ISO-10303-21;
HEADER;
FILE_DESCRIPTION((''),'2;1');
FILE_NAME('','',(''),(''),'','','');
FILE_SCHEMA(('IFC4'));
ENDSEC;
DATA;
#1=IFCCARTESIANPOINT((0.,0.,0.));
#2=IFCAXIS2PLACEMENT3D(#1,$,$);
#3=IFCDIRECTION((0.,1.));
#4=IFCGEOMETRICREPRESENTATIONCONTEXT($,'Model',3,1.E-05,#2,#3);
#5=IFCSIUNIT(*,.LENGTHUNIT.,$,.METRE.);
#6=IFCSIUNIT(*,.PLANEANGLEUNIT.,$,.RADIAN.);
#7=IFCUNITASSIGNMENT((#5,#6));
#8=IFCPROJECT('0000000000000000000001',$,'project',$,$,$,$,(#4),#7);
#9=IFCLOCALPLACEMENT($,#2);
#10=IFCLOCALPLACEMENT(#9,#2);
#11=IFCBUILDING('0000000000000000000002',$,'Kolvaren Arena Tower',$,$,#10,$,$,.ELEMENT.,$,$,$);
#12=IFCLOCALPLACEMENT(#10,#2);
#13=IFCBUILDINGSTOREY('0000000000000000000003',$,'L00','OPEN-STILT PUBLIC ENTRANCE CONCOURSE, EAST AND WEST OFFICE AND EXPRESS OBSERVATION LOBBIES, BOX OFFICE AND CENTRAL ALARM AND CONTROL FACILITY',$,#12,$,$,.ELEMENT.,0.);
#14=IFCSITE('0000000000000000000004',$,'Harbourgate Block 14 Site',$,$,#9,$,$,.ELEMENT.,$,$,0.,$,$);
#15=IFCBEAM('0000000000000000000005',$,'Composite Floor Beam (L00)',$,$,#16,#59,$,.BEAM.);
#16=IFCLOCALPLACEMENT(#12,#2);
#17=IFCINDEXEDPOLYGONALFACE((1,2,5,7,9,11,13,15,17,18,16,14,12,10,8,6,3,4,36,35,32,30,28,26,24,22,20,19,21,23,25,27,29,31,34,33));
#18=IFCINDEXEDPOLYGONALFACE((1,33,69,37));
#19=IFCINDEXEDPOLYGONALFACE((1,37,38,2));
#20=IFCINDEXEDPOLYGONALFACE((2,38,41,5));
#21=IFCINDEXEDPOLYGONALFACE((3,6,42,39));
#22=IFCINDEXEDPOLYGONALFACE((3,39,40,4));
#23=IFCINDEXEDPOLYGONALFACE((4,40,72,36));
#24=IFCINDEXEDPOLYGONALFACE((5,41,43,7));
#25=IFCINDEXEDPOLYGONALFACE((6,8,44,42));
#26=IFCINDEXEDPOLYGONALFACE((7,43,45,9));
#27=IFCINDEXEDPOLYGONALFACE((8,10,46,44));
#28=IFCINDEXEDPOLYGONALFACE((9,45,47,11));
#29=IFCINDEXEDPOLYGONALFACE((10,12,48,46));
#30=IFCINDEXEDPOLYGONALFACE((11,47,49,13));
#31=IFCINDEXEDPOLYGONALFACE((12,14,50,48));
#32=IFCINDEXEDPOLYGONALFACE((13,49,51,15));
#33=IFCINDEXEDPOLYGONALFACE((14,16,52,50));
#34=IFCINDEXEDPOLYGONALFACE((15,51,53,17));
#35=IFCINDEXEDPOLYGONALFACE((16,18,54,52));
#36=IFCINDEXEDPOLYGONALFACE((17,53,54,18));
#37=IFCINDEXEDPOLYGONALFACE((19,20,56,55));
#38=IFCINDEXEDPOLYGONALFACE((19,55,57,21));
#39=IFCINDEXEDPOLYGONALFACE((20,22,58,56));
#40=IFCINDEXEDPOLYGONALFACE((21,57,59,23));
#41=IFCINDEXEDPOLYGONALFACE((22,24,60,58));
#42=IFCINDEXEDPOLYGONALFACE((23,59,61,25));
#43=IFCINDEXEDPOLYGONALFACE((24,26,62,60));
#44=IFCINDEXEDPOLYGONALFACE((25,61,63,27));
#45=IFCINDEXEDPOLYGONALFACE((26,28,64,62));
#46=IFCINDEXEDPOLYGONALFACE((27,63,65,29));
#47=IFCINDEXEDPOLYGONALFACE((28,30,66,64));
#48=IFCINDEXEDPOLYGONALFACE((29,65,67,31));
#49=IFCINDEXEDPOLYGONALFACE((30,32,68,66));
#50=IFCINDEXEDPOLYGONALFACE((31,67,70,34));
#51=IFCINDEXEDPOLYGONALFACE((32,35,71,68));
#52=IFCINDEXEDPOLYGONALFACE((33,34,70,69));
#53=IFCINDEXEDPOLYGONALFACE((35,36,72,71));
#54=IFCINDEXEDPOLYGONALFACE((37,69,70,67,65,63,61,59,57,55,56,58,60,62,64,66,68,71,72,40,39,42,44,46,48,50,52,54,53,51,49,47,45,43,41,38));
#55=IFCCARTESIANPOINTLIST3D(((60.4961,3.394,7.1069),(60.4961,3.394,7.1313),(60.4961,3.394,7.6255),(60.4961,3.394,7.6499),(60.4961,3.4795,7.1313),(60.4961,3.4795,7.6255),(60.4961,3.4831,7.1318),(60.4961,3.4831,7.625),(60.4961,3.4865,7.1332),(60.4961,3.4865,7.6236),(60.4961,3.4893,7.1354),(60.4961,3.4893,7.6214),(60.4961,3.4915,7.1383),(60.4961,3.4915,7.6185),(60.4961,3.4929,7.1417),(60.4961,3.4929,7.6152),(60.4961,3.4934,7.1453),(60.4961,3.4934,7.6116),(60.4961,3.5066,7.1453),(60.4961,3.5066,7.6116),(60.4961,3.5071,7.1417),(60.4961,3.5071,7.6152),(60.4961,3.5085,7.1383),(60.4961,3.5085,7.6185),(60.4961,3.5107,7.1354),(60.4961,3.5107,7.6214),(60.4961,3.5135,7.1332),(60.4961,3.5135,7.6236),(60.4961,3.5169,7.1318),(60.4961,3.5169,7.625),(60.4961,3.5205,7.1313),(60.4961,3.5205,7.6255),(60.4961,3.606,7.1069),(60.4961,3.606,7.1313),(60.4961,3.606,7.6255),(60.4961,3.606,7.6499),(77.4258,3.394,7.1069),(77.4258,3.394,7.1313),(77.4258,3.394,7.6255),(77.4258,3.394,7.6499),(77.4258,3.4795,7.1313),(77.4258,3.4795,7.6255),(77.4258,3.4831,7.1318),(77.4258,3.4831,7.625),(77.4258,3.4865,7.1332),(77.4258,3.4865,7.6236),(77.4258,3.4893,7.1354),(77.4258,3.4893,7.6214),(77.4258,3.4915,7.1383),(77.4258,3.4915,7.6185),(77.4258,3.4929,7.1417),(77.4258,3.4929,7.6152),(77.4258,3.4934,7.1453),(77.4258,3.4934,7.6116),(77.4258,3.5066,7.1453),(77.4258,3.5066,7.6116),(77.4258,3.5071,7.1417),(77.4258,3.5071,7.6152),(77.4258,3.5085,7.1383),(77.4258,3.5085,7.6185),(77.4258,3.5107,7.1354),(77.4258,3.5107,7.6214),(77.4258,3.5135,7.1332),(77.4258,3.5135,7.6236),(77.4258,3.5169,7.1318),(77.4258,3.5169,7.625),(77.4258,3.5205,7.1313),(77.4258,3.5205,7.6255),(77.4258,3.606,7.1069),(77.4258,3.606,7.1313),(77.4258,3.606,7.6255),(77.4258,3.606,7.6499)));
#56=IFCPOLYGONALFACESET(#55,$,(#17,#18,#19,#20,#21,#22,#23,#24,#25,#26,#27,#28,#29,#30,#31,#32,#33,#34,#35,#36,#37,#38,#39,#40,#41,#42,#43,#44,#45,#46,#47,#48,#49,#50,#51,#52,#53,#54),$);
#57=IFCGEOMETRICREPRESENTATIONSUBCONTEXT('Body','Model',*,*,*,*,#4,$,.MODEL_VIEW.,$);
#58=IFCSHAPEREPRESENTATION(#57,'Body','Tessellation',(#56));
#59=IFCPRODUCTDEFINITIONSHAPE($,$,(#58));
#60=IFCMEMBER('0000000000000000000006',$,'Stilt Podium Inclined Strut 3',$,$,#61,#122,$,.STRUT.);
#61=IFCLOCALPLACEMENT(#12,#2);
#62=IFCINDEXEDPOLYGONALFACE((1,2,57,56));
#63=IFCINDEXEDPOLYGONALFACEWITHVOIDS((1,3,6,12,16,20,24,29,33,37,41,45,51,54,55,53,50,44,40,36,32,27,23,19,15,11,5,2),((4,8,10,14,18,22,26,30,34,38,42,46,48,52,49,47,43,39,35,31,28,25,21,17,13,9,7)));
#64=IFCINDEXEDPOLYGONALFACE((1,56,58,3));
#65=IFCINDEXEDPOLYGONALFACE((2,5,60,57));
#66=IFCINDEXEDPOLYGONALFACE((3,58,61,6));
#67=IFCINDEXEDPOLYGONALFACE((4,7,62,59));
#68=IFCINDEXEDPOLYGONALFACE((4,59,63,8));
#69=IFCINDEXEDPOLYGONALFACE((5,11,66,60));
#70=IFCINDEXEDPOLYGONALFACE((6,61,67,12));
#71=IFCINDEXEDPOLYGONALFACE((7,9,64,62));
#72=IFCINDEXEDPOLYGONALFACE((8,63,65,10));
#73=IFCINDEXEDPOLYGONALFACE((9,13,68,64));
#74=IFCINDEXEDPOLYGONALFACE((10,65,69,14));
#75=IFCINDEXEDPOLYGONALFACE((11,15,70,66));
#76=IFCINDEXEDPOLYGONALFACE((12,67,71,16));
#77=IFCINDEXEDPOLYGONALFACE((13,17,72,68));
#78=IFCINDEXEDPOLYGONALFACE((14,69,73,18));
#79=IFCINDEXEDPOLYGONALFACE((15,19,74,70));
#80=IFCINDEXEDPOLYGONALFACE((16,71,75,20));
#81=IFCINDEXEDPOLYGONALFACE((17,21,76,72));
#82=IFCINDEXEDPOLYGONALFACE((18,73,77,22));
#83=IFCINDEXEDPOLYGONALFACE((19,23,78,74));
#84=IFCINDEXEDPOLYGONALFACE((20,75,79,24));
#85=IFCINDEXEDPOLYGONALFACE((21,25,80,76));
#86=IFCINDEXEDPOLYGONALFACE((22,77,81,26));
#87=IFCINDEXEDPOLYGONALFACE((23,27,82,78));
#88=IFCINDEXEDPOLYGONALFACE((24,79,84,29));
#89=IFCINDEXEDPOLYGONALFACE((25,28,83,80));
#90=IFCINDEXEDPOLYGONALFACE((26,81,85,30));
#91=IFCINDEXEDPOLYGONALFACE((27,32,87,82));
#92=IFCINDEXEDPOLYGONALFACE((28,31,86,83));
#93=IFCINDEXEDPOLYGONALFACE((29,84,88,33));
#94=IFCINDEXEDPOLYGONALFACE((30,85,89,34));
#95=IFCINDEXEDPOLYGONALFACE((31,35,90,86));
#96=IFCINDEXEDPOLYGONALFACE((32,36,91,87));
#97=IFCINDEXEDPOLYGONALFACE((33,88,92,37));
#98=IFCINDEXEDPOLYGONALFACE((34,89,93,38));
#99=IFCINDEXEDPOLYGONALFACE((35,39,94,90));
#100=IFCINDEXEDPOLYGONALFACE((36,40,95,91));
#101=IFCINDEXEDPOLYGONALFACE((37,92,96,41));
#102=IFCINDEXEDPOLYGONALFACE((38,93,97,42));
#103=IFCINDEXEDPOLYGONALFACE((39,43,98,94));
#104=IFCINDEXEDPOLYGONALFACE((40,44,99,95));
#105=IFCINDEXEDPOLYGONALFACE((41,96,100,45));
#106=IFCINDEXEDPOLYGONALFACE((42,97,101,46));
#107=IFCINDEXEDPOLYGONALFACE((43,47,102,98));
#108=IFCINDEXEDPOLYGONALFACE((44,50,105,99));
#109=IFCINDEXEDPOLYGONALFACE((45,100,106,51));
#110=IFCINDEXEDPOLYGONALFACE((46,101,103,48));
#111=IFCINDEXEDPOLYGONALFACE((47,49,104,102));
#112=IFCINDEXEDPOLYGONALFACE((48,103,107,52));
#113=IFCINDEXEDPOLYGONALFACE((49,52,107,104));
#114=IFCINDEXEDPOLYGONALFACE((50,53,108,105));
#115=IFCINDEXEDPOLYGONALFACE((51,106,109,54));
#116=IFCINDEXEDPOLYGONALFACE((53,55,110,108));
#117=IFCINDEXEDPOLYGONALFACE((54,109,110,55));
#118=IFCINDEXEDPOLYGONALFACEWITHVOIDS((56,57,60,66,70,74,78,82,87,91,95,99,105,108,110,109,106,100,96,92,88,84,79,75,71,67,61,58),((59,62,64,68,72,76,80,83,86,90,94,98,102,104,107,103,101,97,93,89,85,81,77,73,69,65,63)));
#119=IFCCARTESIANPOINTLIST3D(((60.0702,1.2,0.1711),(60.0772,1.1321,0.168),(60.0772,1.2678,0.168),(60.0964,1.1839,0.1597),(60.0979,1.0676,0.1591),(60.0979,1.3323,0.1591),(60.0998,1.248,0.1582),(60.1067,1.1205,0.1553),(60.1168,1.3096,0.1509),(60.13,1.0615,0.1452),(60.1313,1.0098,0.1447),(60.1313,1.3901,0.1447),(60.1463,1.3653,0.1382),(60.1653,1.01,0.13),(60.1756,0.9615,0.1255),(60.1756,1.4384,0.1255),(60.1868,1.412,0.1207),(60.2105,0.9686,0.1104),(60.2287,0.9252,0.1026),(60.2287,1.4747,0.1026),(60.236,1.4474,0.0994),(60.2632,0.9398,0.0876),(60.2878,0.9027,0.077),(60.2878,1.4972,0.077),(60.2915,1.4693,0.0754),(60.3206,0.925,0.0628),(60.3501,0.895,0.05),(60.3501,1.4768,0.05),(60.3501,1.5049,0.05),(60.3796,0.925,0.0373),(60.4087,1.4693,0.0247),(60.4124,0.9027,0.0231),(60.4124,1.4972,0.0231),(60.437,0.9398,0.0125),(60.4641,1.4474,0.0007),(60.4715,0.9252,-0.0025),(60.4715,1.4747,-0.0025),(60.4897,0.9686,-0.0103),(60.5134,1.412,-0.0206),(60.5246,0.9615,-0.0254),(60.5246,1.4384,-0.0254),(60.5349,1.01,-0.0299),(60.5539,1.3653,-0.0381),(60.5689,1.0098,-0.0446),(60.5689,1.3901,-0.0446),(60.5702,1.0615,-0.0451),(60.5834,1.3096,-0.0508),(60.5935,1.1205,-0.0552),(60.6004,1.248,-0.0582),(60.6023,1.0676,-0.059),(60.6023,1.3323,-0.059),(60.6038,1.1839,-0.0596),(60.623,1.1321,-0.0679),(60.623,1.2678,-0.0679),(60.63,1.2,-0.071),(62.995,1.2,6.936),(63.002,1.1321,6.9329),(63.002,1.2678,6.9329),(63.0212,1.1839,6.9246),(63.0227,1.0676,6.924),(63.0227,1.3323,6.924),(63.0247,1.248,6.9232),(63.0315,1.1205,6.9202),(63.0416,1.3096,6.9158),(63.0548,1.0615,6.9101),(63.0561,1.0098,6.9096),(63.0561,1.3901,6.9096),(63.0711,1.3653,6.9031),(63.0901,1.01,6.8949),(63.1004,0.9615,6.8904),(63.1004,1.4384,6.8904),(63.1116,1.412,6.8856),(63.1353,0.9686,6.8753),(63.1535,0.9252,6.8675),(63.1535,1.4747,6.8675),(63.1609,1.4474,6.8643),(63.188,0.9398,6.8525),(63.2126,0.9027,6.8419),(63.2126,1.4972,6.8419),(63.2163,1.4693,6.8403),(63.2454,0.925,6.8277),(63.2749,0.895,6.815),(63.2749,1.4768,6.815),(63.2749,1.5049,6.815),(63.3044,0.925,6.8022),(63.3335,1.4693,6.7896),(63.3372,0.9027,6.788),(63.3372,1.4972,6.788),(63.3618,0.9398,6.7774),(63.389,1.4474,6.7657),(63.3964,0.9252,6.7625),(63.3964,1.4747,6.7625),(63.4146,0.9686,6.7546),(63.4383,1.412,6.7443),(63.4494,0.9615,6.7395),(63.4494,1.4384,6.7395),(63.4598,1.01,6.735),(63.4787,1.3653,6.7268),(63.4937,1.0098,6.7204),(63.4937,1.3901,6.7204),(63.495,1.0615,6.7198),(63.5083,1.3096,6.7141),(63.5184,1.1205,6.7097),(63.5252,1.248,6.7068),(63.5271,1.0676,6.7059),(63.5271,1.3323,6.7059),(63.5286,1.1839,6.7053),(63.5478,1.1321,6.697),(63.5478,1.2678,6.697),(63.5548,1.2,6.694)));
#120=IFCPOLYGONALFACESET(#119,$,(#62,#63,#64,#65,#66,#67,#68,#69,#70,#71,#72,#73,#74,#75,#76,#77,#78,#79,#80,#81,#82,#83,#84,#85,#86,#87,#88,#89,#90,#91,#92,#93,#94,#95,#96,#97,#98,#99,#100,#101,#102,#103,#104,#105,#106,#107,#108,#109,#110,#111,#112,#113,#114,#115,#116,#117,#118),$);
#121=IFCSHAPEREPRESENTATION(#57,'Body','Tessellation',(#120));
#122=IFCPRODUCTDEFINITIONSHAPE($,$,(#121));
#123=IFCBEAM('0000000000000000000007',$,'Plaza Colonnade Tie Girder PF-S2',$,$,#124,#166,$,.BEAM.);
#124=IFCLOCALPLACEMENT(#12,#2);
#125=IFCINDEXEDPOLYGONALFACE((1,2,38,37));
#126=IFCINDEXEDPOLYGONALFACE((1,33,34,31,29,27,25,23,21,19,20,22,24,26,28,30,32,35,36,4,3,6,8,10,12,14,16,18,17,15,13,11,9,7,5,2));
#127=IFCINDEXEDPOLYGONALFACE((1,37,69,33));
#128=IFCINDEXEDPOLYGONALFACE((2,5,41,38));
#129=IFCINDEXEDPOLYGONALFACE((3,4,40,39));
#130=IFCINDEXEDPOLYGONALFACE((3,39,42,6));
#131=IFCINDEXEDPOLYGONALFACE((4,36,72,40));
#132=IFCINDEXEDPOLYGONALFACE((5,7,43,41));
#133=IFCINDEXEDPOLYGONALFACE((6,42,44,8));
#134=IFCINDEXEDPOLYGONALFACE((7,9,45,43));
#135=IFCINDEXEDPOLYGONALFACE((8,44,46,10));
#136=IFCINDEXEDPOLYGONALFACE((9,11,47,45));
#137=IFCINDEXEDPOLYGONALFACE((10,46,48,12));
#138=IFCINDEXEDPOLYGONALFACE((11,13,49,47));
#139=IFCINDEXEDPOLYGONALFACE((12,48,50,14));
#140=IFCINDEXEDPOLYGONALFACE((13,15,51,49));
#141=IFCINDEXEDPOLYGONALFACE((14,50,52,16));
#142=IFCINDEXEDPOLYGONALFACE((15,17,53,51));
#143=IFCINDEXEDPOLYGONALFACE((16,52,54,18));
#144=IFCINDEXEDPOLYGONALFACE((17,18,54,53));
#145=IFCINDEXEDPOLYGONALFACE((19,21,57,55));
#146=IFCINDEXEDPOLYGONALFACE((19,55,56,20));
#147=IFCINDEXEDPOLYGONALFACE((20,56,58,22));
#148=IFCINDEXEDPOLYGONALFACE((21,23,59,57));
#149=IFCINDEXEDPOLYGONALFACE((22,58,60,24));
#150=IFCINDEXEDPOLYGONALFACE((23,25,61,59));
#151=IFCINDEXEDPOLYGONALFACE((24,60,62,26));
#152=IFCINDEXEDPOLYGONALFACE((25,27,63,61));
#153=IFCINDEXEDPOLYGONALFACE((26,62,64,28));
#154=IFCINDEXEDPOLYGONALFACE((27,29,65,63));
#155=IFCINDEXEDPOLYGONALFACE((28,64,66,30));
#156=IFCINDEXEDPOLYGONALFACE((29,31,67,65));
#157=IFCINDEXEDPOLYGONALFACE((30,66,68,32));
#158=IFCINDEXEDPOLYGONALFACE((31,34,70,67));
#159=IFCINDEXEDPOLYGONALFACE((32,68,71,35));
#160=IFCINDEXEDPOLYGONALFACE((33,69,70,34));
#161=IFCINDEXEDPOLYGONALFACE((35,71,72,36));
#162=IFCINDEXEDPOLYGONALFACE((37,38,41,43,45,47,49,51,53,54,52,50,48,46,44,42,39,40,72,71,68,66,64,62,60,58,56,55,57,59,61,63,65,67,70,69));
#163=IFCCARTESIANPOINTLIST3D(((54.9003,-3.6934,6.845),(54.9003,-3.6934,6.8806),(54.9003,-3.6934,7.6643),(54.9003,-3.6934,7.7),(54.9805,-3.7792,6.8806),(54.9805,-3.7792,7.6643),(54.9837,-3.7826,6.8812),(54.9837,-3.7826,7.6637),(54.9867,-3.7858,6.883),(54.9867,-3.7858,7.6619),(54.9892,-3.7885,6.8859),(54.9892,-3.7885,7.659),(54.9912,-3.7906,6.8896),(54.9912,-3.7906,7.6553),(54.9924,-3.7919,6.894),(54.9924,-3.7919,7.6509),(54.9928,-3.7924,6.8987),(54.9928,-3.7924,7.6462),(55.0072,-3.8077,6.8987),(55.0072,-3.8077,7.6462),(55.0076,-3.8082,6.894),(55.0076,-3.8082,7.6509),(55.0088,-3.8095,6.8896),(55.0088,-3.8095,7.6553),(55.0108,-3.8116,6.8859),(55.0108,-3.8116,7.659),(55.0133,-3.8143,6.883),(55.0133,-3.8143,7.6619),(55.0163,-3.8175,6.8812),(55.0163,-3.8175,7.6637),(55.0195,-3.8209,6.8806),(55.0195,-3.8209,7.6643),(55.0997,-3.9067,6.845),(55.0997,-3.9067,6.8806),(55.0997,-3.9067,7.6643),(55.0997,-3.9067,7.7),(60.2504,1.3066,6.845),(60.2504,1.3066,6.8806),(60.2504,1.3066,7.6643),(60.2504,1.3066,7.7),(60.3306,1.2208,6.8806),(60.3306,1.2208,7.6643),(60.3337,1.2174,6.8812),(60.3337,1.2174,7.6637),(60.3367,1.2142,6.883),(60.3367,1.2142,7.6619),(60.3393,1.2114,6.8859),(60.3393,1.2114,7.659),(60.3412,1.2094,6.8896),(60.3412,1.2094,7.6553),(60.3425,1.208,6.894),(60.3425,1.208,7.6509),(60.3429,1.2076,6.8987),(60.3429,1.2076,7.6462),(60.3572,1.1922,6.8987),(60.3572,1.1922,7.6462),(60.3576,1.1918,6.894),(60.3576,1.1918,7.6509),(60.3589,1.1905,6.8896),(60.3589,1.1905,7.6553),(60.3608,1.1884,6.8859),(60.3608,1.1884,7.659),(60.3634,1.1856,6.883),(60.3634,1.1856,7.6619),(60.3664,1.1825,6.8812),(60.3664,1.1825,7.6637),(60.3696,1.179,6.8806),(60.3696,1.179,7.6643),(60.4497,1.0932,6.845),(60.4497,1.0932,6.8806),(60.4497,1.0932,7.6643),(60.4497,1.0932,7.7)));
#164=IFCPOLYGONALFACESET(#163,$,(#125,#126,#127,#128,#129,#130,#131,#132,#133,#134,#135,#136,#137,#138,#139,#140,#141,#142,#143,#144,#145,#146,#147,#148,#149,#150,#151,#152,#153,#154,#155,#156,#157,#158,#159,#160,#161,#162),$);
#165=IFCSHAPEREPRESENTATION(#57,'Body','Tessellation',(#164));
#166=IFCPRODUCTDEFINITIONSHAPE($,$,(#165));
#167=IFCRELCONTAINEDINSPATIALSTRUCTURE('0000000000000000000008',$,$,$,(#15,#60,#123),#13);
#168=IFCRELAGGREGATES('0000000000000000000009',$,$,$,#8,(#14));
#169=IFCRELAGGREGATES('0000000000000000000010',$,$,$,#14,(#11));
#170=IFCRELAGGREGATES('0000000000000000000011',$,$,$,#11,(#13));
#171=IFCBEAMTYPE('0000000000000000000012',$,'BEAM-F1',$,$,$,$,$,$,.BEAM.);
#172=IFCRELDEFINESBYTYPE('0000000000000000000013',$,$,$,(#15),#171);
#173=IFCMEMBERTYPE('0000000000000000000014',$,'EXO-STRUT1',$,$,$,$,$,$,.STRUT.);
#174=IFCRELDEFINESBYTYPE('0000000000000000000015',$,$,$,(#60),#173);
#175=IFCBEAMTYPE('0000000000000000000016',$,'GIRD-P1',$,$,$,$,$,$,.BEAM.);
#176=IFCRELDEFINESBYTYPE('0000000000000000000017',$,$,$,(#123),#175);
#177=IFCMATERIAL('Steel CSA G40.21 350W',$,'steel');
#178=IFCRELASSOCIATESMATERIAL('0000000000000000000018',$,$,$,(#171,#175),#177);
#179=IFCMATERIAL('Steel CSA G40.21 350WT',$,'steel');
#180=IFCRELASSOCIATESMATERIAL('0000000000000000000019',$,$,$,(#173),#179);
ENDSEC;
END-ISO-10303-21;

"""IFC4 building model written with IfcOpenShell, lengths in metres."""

from ifc_helpers import new_model, si_unit, direction, frame, origin, origin_2d, place, context, subcontext, project, spatial, hollow_circle, i_section, extrude, material, material_profile, profile_set, type_object, element, save


model = new_model("IFC4")

# Units and contexts
model_context = context("Model", 3, precision=1e-05, world=origin(), true_north=direction((0.0, 1.0)))
body_context = subcontext(model_context, "Body", "Model", "MODEL_VIEW")
ifc_project = project(units=[si_unit("LENGTHUNIT", "METRE"), si_unit("PLANEANGLEUNIT", "RADIAN")], contexts=[model_context])

# Site, building, storey
site_placement = place(None, origin())
site = spatial("IfcSite", under=ifc_project, at=site_placement, Name="Harbourgate Block 14 Site", CompositionType="ELEMENT", RefElevation=0.0)
building_placement = place(site_placement, origin())
building = spatial("IfcBuilding", under=site, at=building_placement, Name="Kolvaren Arena Tower", CompositionType="ELEMENT")
storey_placement = place(building_placement, origin())
storey = spatial("IfcBuildingStorey", under=building, at=storey_placement, Name="L00", Description="OPEN-STILT PUBLIC ENTRANCE CONCOURSE, EAST AND WEST OFFICE AND EXPRESS OBSERVATION LOBBIES, BOX OFFICE AND CENTRAL ALARM AND CONTROL FACILITY", CompositionType="ELEMENT", Elevation=0.0)

# Beam
ifc_material_1 = material(Name="Steel CSA G40.21 350W", Category="steel")
ifc_material_profile_1 = material_profile(ifc_material_1, i_section(OverallWidth=0.2119, OverallDepth=0.543, WebThickness=0.0132, FlangeThickness=0.0244, FilletRadius=0.0139, at=origin_2d()), Name="W530x150")
ifc_profile_set_1 = profile_set([ifc_material_profile_1], Name="Steel CSA G40.21 350W")
beam_type_1 = type_object("IfcBeamType", Name="BEAM-F1", PredefinedType="BEAM", material=ifc_profile_set_1)
beam_1_placement = place(storey_placement, frame((60.4961, 3.5, 7.3784), z_axis=(1.0, 0.0, 0.0), x_axis=(0.0, 1.0, 0.0)))
element("IfcBeam", 1, at=beam_1_placement, inside=storey, type_object=beam_type_1, Name="Composite Floor Beam (L00)", PredefinedType="BEAM", context=body_context, shape_type="SweptSolid", body=[
    extrude(i_section(OverallWidth=0.2119, OverallDepth=0.543, WebThickness=0.0132, FlangeThickness=0.0244, FilletRadius=0.0139, at=origin_2d()), origin(), (0.0, 0.0, 1.0), 16.9297),
])

# Member
ifc_material_2 = material(Name="Steel CSA G40.21 350WT", Category="steel")
ifc_material_profile_2 = material_profile(ifc_material_2, hollow_circle(Radius=0.3049, WallThickness=0.0281, at=origin_2d()), Name="CHS 610x28")
ifc_profile_set_2 = profile_set([ifc_material_profile_2], Name="Steel CSA G40.21 350WT")
member_type = type_object("IfcMemberType", Name="EXO-STRUT1", PredefinedType="STRUT", material=ifc_profile_set_2)
member_placement = place(storey_placement, frame((60.3501, 1.2, 0.05), z_axis=(0.396848, 0.0, 0.917884), x_axis=(0.0, 1.0, 0.0)))
element("IfcMember", 2, at=member_placement, inside=storey, type_object=member_type, Name="Stilt Podium Inclined Strut 3", PredefinedType="STRUT", context=body_context, shape_type="SweptSolid", body=[
    extrude(hollow_circle(Radius=0.3049, WallThickness=0.0281, at=origin_2d()), origin(), (0.0, 0.0, 1.0), 7.3701),
])

# Beam
ifc_material_profile_3 = material_profile(ifc_material_1, i_section(OverallWidth=0.292, OverallDepth=0.855, WebThickness=0.021, FlangeThickness=0.0356, FilletRadius=0.0181, at=origin_2d()), Name="W840x299")
ifc_profile_set_3 = profile_set([ifc_material_profile_3], Name="Steel CSA G40.21 350W")
beam_type_2 = type_object("IfcBeamType", Name="GIRD-P1", PredefinedType="BEAM", material=ifc_profile_set_3)
beam_2_placement = place(storey_placement, frame((55.0, -3.8, 7.2725), z_axis=(0.730607, 0.682798, 0.0), x_axis=(-0.682798, 0.730607, 0.0)))
element("IfcBeam", 3, at=beam_2_placement, inside=storey, type_object=beam_type_2, Name="Plaza Colonnade Tie Girder PF-S2", PredefinedType="BEAM", context=body_context, shape_type="SweptSolid", body=[
    extrude(i_section(OverallWidth=0.292, OverallDepth=0.855, WebThickness=0.021, FlangeThickness=0.0356, FilletRadius=0.0181, at=origin_2d()), origin(), (0.0, 0.0, 1.0), 7.3228),
])

save(model, "model.ifc")
